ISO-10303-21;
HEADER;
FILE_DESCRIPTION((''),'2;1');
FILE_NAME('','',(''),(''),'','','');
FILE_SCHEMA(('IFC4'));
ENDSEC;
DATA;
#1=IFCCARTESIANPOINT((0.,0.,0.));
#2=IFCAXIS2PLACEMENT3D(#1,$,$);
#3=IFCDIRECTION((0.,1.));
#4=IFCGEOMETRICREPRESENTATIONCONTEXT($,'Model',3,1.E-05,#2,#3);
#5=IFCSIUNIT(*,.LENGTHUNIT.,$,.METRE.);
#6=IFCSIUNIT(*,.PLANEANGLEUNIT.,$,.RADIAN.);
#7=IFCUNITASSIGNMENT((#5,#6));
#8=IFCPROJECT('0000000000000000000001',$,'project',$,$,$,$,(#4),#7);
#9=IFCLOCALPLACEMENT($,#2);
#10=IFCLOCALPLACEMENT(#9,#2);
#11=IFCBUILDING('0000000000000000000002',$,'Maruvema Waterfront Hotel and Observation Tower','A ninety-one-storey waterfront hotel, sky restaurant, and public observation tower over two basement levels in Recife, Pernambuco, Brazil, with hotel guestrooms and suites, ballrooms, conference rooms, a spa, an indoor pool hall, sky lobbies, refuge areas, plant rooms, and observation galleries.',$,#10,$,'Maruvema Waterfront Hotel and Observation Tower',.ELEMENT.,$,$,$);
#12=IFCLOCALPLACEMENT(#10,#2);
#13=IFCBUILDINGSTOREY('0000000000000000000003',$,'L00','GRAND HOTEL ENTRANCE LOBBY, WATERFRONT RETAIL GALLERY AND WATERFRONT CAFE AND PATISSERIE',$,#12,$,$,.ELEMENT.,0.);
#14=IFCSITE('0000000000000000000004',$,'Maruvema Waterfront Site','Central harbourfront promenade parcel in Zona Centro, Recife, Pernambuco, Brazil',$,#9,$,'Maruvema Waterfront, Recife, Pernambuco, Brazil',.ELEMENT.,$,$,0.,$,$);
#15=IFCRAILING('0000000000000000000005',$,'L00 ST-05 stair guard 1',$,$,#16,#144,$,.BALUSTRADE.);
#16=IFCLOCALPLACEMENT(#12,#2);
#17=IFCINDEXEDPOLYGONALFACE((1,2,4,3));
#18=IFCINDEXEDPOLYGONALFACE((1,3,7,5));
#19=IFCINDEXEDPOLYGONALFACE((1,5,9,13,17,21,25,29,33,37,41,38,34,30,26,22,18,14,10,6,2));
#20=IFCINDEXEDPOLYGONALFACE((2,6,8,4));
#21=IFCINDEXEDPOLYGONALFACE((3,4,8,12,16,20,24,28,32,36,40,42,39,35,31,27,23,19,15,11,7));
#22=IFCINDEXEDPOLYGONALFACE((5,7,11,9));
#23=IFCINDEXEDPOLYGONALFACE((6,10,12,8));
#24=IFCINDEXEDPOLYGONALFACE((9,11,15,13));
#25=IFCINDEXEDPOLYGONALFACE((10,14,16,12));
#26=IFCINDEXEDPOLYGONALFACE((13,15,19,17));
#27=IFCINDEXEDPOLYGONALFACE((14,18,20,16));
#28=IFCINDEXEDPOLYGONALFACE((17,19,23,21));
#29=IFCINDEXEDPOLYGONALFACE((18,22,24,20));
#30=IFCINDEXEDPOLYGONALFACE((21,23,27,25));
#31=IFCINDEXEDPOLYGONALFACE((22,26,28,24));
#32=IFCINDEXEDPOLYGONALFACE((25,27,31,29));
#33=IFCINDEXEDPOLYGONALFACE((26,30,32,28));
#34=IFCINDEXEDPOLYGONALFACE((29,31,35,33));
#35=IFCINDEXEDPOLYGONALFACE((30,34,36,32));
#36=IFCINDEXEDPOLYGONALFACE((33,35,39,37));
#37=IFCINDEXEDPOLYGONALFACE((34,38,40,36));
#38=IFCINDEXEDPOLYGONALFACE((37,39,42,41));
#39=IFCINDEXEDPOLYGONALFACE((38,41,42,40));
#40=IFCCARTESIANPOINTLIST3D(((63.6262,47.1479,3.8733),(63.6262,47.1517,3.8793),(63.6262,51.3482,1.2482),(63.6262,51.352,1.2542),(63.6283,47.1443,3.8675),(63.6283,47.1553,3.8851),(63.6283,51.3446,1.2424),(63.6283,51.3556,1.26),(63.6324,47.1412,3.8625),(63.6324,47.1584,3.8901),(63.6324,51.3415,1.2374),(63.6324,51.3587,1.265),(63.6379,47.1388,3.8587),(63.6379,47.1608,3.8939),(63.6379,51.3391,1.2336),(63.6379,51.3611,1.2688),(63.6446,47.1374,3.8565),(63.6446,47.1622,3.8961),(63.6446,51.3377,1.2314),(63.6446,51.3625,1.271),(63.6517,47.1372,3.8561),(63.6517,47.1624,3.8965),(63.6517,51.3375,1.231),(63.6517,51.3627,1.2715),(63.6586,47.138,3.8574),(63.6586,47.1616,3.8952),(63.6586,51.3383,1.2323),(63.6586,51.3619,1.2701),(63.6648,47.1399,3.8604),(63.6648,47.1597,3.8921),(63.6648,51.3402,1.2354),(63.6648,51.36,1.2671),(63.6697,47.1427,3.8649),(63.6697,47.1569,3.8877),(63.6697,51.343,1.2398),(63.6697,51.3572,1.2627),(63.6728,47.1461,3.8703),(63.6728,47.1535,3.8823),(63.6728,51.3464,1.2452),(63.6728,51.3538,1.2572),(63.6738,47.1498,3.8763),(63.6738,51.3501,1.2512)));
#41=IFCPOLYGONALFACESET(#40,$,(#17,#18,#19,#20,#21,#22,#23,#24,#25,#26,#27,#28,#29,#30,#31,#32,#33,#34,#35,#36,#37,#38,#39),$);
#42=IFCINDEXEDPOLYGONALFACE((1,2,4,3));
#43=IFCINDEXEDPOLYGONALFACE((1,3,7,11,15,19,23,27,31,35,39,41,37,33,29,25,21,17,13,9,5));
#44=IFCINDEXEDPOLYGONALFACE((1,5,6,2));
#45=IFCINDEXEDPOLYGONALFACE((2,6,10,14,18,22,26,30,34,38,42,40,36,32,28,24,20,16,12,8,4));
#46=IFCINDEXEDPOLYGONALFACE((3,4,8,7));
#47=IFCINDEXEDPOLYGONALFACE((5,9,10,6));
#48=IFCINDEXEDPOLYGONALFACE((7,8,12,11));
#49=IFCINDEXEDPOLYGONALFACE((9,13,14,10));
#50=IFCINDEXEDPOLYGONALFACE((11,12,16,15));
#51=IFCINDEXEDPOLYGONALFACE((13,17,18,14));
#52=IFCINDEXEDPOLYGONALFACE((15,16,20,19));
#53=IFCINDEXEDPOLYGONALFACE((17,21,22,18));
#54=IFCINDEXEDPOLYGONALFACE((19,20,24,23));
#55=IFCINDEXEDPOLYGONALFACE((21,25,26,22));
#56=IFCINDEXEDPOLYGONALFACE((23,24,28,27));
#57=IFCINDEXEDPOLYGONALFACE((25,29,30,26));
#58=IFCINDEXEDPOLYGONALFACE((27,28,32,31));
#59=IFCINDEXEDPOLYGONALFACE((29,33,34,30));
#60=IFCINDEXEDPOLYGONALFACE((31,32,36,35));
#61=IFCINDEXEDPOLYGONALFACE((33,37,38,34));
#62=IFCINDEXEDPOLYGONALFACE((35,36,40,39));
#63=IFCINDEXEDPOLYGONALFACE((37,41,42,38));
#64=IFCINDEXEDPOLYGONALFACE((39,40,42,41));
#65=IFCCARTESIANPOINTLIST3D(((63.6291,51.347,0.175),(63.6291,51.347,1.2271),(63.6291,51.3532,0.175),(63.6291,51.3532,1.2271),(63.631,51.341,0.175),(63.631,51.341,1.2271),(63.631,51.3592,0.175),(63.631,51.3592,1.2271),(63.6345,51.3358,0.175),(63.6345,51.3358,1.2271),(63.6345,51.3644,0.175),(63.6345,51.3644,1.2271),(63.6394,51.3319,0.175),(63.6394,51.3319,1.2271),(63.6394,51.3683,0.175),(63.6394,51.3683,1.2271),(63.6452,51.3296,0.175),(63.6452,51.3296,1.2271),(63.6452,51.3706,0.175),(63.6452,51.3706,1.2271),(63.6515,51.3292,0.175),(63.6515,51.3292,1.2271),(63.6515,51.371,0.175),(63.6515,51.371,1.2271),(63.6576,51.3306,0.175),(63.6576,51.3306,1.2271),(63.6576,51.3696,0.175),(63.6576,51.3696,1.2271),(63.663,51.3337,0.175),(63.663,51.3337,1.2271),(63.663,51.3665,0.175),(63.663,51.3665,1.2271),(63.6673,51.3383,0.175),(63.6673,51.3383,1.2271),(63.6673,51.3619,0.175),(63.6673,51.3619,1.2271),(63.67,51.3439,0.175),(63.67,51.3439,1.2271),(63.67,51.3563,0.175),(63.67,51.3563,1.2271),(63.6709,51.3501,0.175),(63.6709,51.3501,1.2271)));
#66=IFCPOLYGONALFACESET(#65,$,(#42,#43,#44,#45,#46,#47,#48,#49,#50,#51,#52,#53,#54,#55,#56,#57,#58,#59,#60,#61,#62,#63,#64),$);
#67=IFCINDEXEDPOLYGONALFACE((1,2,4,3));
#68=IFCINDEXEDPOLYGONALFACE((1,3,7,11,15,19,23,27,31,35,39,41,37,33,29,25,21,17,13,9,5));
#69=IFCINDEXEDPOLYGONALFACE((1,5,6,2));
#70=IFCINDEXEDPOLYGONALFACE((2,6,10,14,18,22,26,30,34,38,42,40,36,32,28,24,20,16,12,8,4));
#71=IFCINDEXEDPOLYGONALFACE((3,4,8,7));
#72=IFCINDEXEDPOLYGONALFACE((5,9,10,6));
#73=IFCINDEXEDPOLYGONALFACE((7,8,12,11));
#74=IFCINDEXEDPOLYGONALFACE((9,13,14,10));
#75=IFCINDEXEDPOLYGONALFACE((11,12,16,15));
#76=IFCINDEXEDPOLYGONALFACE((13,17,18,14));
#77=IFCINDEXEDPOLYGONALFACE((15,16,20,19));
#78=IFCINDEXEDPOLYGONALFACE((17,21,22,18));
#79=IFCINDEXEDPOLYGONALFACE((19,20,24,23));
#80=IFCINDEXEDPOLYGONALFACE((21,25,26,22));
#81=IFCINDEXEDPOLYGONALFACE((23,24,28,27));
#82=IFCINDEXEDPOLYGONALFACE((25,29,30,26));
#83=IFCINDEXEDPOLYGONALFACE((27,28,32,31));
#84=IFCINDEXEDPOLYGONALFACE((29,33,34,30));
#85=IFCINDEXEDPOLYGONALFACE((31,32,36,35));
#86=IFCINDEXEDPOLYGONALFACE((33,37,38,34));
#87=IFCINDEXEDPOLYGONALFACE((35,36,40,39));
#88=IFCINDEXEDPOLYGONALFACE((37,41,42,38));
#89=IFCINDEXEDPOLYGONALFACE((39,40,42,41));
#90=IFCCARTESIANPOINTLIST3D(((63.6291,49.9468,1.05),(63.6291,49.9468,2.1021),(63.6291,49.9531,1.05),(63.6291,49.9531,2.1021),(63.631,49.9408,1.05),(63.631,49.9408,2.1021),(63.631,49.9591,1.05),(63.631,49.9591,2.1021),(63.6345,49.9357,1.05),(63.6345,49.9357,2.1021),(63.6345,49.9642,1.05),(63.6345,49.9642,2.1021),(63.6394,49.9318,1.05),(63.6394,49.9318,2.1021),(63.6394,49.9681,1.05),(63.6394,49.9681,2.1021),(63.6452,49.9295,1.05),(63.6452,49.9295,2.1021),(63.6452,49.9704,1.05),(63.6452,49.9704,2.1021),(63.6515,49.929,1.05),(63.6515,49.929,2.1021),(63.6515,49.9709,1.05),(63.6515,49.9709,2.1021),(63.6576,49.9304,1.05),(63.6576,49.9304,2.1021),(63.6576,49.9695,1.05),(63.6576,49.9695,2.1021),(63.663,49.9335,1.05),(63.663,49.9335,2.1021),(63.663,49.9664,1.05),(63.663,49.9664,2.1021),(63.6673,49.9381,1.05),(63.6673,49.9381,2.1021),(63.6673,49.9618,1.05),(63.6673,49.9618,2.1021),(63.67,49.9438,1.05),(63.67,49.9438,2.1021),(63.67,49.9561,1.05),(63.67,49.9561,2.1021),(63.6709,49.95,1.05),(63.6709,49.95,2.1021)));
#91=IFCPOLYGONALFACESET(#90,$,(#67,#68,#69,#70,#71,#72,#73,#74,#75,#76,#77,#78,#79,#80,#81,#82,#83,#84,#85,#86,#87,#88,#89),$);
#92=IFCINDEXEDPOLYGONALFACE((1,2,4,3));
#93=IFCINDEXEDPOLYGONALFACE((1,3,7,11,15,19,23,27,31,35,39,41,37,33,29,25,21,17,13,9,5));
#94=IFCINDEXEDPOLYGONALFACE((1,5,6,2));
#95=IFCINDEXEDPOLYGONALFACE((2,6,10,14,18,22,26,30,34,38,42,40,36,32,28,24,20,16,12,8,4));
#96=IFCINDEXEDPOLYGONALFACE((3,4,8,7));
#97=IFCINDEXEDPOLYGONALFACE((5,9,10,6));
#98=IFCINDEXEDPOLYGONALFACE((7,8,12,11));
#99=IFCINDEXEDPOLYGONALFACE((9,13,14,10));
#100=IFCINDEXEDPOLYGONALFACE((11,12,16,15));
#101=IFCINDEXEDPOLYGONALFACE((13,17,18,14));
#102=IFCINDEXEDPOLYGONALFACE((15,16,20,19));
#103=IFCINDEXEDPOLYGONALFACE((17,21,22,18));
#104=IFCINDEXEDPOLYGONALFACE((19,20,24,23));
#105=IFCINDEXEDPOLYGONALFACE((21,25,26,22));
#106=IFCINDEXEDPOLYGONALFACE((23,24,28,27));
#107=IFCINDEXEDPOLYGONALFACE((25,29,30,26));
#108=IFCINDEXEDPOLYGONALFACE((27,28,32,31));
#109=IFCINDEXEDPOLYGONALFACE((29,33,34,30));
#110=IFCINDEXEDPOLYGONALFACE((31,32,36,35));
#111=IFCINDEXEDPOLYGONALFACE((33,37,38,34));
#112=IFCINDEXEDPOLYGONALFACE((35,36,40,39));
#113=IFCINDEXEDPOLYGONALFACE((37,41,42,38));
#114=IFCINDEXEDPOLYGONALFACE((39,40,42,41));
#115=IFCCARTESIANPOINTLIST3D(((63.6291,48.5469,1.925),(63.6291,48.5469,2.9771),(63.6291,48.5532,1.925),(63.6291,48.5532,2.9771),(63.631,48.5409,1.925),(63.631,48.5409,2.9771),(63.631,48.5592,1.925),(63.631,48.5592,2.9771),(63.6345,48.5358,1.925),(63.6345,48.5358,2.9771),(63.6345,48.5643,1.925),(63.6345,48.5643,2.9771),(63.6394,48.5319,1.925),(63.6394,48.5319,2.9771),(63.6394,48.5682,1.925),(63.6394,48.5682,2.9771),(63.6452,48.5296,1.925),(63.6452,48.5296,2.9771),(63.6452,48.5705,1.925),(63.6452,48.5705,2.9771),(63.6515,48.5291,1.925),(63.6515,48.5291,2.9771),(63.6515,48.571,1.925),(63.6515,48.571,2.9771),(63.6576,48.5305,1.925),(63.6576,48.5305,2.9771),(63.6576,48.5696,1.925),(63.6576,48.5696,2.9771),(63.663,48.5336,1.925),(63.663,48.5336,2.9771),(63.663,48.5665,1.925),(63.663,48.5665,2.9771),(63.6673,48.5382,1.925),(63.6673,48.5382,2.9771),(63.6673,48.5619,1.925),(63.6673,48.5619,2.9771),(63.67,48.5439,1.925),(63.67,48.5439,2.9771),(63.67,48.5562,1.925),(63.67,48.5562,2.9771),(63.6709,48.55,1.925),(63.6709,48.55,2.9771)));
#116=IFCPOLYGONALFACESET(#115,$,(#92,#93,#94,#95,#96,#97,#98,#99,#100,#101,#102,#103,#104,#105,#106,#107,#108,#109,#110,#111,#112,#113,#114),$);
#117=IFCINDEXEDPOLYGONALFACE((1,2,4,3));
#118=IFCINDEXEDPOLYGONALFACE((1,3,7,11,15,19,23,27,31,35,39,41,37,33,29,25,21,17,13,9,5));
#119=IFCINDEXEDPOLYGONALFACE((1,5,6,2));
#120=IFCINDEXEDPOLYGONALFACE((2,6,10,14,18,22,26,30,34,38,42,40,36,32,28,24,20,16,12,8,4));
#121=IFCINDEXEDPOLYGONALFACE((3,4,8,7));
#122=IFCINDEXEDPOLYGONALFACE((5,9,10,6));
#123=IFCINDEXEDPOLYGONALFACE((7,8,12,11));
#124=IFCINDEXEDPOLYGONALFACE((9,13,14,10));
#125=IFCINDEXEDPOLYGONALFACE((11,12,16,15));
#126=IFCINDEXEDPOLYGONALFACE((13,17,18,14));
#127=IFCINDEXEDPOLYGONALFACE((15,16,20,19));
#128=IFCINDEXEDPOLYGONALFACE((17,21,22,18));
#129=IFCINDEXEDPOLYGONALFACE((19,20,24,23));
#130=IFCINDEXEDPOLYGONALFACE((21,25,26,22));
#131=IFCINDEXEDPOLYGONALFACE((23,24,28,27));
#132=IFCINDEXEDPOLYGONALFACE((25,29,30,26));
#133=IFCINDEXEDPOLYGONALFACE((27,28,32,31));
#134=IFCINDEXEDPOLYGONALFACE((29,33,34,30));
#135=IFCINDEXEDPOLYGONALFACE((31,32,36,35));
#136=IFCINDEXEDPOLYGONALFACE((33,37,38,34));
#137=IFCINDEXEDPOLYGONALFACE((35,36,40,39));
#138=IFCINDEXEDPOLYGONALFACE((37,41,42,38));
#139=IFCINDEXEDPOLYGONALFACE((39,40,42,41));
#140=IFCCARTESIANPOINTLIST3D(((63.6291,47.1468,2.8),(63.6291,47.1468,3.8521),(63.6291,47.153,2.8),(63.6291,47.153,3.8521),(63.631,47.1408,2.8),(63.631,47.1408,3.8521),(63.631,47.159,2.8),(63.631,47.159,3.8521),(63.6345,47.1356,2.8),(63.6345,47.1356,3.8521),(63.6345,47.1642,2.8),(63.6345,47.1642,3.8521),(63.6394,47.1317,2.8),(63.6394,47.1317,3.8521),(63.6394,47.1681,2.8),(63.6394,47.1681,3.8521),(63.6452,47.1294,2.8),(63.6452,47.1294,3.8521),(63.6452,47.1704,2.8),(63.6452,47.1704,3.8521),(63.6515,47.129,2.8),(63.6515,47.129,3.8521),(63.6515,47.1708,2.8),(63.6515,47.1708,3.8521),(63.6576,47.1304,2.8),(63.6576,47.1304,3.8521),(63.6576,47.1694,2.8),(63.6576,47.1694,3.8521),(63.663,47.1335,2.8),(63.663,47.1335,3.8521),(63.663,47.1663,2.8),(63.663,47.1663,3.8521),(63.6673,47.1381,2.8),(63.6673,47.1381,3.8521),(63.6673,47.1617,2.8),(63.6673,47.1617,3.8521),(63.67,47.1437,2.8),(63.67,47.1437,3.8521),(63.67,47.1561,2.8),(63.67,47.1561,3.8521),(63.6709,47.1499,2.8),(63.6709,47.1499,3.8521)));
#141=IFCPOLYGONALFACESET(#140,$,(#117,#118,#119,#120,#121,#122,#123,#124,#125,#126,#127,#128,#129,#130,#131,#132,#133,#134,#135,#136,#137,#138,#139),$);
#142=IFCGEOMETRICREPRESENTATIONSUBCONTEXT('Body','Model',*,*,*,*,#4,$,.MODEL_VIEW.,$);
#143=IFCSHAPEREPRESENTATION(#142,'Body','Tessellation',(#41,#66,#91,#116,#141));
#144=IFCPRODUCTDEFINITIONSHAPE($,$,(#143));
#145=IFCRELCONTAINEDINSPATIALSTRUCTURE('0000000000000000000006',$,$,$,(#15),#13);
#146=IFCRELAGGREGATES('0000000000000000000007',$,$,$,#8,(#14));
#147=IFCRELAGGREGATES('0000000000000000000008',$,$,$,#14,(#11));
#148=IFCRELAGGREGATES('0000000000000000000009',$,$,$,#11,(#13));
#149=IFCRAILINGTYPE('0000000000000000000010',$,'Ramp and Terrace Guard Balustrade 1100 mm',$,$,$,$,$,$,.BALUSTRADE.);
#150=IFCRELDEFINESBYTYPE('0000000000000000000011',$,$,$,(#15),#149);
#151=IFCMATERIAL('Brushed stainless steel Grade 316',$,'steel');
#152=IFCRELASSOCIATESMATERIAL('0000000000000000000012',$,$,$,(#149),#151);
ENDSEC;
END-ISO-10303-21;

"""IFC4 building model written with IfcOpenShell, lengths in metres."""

from ifc_helpers import new_model, si_unit, direction, frame, origin, origin_2d, place, context, subcontext, project, spatial, circle, extrude, material, type_object, element, save


model = new_model("IFC4")

# Units and contexts
model_context = context("Model", 3, precision=1e-05, world=origin(), true_north=direction((0.0, 1.0)))
body_context = subcontext(model_context, "Body", "Model", "MODEL_VIEW")
ifc_project = project(units=[si_unit("LENGTHUNIT", "METRE"), si_unit("PLANEANGLEUNIT", "RADIAN")], contexts=[model_context])

# Site, building, storey
site_placement = place(None, origin())
site = spatial("IfcSite", under=ifc_project, at=site_placement, Name="Maruvema Waterfront Site", Description="Central harbourfront promenade parcel in Zona Centro, Recife, Pernambuco, Brazil", LongName="Maruvema Waterfront, Recife, Pernambuco, Brazil", CompositionType="ELEMENT", RefElevation=0.0)
building_placement = place(site_placement, origin())
building = spatial("IfcBuilding", under=site, at=building_placement, Name="Maruvema Waterfront Hotel and Observation Tower", Description="A ninety-one-storey waterfront hotel, sky restaurant, and public observation tower over two basement levels in Recife, Pernambuco, Brazil, with hotel guestrooms and suites, ballrooms, conference rooms, a spa, an indoor pool hall, sky lobbies, refuge areas, plant rooms, and observation galleries.", LongName="Maruvema Waterfront Hotel and Observation Tower", CompositionType="ELEMENT")
storey_placement = place(building_placement, origin())
storey = spatial("IfcBuildingStorey", under=building, at=storey_placement, Name="L00", Description="GRAND HOTEL ENTRANCE LOBBY, WATERFRONT RETAIL GALLERY AND WATERFRONT CAFE AND PATISSERIE", CompositionType="ELEMENT", Elevation=0.0)

# Railing
ifc_material_1 = material(Name="Brushed stainless steel Grade 316", Category="steel")
railing_type_1 = type_object("IfcRailingType", Name="Ramp and Terrace Guard Balustrade 1100 mm", PredefinedType="BALUSTRADE", material=ifc_material_1)
railing_1_placement = place(storey_placement, frame((63.6499, 51.3501, 0.175)))
element("IfcRailing", 1, at=railing_1_placement, inside=storey, type_object=railing_type_1, Name="L00 ST-05 stair guard 1", PredefinedType="BALUSTRADE", context=body_context, shape_type="SweptSolid", body=[
    extrude(circle(Radius=0.0239, at=origin_2d()), frame((0.0, 0.0, 1.0762), z_axis=(0.0, -0.848009, 0.529981), x_axis=(1.0, 0.0, 0.0)), (0.0, 0.0, 1.0), 4.9531),
    extrude(circle(Radius=0.021, at=origin_2d()), origin(), (0.0, 0.0, 1.0), 1.052),
    extrude(circle(Radius=0.021, at=origin_2d()), frame((0.0, -1.4001, 0.875)), (0.0, 0.0, 1.0), 1.052),
    extrude(circle(Radius=0.021, at=origin_2d()), frame((0.0, -2.8, 1.75)), (0.0, 0.0, 1.0), 1.052),
    extrude(circle(Radius=0.021, at=origin_2d()), frame((0.0, -4.2002, 2.625)), (0.0, 0.0, 1.0), 1.052),
])

save(model, "model.ifc")
